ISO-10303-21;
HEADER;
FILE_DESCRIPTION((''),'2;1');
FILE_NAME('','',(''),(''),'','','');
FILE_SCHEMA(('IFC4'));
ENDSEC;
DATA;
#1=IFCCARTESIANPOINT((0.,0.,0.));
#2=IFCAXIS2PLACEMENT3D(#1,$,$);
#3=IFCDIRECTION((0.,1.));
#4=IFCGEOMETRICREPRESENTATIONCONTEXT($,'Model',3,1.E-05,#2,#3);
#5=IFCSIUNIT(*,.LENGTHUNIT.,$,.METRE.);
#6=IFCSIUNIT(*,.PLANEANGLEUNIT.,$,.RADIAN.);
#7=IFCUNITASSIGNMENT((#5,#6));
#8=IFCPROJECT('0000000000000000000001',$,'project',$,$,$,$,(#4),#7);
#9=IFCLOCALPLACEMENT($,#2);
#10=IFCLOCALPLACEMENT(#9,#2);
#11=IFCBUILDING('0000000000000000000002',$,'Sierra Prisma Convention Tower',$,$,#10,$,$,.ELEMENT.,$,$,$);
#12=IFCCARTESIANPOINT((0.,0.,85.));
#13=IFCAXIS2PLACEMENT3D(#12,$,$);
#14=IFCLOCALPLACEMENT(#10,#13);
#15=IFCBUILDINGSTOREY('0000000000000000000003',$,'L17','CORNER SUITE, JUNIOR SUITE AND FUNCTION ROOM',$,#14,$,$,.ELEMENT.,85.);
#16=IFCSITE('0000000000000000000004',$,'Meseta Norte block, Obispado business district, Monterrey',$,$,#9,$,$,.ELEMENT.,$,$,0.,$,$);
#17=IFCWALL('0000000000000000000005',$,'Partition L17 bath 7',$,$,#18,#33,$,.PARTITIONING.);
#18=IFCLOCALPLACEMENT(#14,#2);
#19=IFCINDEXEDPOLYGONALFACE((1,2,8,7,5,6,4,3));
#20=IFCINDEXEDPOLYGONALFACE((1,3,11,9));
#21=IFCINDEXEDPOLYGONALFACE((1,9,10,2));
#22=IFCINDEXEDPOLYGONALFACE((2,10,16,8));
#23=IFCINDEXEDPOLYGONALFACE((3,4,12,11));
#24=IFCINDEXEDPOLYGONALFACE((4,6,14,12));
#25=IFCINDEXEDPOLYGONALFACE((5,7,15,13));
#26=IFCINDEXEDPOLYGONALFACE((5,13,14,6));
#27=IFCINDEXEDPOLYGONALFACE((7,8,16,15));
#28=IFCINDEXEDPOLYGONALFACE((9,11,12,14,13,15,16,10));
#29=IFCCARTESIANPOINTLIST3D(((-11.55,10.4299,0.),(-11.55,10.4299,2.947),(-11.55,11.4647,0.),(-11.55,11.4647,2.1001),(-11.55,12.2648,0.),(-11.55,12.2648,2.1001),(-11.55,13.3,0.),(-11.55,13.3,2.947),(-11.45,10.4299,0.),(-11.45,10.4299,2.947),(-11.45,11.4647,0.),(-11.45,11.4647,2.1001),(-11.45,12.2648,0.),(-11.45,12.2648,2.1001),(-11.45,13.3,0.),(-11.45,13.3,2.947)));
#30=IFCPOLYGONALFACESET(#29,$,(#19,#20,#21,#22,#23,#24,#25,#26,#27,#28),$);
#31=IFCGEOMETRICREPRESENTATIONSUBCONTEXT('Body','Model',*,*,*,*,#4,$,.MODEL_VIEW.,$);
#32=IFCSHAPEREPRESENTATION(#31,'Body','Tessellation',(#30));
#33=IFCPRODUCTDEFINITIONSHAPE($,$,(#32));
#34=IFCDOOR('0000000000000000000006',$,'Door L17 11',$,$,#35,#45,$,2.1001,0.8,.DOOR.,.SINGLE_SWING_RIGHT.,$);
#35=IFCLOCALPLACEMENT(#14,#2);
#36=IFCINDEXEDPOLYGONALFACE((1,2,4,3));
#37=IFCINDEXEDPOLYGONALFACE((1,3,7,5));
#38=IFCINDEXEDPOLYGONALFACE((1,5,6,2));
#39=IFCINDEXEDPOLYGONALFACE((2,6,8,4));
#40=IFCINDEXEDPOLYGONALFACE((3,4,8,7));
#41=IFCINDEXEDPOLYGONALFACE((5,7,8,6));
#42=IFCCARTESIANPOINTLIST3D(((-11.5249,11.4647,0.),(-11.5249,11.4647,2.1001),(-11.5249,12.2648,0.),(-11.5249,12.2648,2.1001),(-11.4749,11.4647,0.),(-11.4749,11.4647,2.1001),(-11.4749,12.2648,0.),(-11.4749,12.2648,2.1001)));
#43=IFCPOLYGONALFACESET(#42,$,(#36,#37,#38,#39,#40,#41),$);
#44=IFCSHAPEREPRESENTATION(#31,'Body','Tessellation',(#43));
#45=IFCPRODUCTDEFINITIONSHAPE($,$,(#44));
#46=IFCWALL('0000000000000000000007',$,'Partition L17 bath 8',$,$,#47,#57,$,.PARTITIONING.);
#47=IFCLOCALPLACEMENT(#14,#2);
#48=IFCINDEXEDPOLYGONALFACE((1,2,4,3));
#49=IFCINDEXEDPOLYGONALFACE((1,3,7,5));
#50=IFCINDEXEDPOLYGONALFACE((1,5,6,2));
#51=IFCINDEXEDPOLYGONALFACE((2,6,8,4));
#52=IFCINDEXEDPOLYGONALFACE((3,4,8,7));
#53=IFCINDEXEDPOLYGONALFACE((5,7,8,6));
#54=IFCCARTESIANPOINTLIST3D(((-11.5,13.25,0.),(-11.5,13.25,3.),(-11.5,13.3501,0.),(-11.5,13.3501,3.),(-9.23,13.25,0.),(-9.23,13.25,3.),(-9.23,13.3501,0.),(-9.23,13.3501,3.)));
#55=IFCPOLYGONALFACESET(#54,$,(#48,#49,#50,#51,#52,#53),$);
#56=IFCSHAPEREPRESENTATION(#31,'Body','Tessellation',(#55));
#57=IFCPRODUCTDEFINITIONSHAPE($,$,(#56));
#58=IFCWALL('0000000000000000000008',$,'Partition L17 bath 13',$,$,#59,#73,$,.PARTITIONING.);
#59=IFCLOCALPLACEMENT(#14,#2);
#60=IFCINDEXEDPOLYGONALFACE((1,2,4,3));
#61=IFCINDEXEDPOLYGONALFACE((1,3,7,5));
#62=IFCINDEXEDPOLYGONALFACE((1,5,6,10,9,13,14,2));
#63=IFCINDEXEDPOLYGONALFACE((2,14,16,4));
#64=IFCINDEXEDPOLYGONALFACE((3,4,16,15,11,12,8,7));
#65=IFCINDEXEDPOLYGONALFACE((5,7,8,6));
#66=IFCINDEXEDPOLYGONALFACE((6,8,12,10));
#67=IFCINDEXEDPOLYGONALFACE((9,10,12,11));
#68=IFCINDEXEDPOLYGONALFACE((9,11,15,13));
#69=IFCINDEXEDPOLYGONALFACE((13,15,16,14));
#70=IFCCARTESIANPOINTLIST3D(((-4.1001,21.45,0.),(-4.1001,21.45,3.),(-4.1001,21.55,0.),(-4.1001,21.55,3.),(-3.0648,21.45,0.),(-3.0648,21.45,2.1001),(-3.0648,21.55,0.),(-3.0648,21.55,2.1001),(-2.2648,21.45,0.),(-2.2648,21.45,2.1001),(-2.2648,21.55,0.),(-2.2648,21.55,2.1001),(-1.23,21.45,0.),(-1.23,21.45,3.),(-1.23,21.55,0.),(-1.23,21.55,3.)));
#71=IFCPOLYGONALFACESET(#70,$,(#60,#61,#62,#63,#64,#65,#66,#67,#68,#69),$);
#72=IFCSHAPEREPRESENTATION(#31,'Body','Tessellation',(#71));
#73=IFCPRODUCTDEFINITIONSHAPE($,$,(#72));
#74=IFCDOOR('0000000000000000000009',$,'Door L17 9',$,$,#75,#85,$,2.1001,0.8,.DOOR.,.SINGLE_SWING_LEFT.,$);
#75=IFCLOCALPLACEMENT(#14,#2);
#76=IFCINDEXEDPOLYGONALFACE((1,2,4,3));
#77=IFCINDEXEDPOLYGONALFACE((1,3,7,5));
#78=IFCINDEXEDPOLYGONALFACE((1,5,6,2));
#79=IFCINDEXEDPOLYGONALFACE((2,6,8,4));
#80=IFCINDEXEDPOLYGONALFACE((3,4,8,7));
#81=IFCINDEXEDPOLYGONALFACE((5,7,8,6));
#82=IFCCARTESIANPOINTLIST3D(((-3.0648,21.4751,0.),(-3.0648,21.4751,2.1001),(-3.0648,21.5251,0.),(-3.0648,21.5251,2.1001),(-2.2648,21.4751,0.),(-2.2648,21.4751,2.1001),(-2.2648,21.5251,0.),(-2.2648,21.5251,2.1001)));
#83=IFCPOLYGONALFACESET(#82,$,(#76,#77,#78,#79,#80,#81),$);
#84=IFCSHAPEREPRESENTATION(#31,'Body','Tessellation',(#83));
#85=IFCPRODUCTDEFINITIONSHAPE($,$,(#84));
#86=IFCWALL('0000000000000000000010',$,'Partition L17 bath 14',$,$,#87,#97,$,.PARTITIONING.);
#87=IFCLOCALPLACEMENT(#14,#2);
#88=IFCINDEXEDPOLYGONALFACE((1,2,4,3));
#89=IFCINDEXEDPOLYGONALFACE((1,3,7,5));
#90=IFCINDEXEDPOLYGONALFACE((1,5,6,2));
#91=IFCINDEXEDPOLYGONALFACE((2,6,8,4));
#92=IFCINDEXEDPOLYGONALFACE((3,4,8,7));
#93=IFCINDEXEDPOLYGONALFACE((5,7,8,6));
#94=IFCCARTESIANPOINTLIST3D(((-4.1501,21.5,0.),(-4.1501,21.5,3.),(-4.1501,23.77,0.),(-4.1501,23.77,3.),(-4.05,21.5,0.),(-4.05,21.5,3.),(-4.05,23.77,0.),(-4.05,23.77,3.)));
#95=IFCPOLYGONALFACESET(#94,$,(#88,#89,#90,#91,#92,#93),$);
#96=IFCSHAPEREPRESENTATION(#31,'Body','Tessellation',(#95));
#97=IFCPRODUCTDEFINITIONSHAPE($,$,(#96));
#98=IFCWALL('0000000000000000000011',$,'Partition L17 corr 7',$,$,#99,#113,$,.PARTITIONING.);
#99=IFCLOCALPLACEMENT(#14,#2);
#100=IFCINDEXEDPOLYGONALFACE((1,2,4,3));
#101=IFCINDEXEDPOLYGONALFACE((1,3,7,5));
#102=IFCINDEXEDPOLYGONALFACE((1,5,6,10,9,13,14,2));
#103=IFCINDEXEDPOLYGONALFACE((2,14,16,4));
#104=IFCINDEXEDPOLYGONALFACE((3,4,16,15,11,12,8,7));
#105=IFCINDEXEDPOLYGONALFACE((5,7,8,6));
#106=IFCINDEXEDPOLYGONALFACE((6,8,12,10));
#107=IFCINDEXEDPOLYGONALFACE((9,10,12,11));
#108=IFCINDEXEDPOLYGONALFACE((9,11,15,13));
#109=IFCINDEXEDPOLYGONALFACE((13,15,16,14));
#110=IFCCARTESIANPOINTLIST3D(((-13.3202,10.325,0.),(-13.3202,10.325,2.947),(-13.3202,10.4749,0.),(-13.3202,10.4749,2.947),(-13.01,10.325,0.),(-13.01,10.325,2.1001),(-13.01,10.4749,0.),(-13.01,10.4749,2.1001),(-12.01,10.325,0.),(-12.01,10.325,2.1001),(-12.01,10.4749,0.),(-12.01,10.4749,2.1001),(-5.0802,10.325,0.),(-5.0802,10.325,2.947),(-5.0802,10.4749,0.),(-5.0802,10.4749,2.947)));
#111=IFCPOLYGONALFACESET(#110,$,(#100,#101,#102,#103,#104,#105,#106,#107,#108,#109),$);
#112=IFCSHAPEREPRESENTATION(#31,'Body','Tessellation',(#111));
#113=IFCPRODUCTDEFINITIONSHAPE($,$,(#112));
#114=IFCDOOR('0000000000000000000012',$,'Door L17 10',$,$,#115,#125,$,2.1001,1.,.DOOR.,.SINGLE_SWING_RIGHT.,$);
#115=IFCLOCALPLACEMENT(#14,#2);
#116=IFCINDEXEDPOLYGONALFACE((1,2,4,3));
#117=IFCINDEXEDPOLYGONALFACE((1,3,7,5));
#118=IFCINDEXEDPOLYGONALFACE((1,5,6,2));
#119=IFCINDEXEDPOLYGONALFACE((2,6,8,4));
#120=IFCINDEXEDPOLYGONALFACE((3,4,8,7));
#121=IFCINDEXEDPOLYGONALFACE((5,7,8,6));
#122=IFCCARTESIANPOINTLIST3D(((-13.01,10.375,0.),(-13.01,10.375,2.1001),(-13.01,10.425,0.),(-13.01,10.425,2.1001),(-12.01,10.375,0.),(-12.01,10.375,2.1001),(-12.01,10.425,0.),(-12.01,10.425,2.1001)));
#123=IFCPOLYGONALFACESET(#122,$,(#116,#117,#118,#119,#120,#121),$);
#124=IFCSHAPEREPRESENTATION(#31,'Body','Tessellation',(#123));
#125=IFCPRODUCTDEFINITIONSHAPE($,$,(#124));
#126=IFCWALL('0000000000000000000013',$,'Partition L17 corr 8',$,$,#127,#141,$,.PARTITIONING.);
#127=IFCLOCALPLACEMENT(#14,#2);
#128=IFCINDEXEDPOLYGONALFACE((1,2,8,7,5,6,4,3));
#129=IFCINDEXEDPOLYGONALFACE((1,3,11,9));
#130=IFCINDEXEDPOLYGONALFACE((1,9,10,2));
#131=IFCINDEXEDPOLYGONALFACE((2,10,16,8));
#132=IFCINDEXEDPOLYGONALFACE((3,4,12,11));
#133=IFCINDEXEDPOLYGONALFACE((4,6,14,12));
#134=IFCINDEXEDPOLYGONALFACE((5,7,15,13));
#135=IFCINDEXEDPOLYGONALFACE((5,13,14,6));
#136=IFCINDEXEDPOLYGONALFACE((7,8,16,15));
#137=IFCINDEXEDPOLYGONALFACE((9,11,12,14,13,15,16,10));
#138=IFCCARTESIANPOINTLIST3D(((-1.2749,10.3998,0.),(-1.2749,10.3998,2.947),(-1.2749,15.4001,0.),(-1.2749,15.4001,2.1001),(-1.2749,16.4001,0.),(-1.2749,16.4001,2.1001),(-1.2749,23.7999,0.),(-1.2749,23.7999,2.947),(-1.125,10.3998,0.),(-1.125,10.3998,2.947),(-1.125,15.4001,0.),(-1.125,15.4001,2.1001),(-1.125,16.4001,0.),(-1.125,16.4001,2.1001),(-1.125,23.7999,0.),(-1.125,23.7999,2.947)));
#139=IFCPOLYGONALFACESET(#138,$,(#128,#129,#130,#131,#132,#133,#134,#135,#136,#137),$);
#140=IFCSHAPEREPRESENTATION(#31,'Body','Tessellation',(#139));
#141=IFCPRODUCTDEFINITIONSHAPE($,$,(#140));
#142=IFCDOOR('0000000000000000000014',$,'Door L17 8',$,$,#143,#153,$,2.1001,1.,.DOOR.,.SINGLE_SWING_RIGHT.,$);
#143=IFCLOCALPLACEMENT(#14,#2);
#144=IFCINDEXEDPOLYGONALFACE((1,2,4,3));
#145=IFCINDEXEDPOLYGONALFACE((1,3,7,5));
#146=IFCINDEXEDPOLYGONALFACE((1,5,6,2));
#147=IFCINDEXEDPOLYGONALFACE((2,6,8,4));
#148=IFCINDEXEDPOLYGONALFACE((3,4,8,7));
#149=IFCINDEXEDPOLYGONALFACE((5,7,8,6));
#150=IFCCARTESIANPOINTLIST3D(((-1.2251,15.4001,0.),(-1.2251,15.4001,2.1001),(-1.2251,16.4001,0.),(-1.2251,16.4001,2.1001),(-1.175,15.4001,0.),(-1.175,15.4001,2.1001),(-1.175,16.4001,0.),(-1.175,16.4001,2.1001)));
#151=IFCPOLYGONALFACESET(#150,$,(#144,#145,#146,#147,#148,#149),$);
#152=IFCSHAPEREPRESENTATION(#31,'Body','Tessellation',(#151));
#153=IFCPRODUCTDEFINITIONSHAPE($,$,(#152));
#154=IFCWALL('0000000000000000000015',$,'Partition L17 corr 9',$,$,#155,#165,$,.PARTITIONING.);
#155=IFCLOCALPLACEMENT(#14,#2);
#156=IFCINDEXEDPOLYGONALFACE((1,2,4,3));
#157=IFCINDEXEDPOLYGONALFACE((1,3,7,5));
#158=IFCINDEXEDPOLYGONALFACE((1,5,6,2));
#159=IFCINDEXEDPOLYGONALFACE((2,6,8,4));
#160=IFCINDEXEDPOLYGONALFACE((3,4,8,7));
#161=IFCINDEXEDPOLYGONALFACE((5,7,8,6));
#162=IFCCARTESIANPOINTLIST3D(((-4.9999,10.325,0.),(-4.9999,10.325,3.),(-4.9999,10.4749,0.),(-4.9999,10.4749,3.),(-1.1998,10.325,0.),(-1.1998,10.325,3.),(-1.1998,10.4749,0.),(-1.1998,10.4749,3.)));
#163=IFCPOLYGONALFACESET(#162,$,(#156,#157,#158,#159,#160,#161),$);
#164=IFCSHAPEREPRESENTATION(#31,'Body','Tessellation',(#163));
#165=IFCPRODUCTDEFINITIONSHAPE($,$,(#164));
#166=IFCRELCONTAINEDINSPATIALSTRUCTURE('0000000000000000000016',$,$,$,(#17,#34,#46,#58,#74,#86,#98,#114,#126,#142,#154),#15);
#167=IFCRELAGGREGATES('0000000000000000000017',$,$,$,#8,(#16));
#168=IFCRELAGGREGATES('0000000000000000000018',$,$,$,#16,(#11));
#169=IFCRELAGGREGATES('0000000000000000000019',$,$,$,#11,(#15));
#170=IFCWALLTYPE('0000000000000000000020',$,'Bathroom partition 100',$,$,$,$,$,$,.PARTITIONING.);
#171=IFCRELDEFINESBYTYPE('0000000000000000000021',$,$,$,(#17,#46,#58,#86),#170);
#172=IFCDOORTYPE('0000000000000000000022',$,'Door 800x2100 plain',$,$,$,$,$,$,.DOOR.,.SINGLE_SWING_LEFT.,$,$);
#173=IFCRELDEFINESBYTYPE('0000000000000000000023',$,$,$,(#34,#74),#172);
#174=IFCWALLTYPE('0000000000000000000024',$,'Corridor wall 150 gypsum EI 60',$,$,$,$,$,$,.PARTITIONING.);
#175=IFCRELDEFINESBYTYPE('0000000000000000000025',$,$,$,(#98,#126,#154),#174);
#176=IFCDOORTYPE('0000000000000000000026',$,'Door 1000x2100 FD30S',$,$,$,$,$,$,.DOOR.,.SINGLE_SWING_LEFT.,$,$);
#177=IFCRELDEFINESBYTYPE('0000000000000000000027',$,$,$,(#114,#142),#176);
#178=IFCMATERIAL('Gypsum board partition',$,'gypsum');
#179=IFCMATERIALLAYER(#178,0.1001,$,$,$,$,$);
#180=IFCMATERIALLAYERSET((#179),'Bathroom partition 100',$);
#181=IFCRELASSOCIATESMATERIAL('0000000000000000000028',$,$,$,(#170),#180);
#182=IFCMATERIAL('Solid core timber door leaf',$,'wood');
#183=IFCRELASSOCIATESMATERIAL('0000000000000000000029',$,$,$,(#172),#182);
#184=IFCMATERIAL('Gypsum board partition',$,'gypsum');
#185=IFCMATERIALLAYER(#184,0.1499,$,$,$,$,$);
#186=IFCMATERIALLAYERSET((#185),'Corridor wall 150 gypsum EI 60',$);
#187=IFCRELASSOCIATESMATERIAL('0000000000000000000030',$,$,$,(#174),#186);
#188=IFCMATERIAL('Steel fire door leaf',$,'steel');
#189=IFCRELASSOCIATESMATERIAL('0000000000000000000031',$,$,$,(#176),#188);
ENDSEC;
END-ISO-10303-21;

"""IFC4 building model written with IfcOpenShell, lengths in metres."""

from ifc_helpers import new_model, si_unit, direction, frame, frame_2d, origin, place, context, subcontext, project, spatial, rectangle, extrude, material, layer, layer_set, type_object, element, fill, save


model = new_model("IFC4")

# Units and contexts
model_context = context("Model", 3, precision=1e-05, world=origin(), true_north=direction((0.0, 1.0)))
body_context = subcontext(model_context, "Body", "Model", "MODEL_VIEW")
ifc_project = project(units=[si_unit("LENGTHUNIT", "METRE"), si_unit("PLANEANGLEUNIT", "RADIAN")], contexts=[model_context])

# Site, building, storey
site_placement = place(None, origin())
site = spatial("IfcSite", under=ifc_project, at=site_placement, Name="Meseta Norte block, Obispado business district, Monterrey", CompositionType="ELEMENT", RefElevation=0.0)
building_placement = place(site_placement, origin())
building = spatial("IfcBuilding", under=site, at=building_placement, Name="Sierra Prisma Convention Tower", CompositionType="ELEMENT")
storey_placement = place(building_placement, frame((0.0, 0.0, 85.0)))
storey = spatial("IfcBuildingStorey", under=building, at=storey_placement, Name="L17", Description="CORNER SUITE, JUNIOR SUITE AND FUNCTION ROOM", CompositionType="ELEMENT", Elevation=85.0)

# Wall, opening, door
ifc_material_1 = material(Name="Gypsum board partition", Category="gypsum")
ifc_layer_1 = layer(ifc_material_1, 0.1001)
ifc_layer_set_1 = layer_set([ifc_layer_1], Name="Bathroom partition 100")
wall_type_1 = type_object("IfcWallType", Name="Bathroom partition 100", PredefinedType="PARTITIONING", material=ifc_layer_set_1)
wall_1_placement = place(storey_placement, frame((-11.5, 10.4299, 0.0), z_axis=(0.0, 0.0, 1.0), x_axis=(0.0, 1.0, 0.0)))
wall_1 = element("IfcWall", 1, at=wall_1_placement, inside=storey, type_object=wall_type_1, Name="Partition L17 bath 7", PredefinedType="PARTITIONING", context=body_context, shape_type="SweptSolid", body=[
    extrude(rectangle(XDim=2.8701, YDim=0.1001, at=frame_2d((1.4351, 0.0))), origin(), (0.0, 0.0, 1.0), 2.947),
])
opening_1_placement = place(wall_1_placement, frame((1.0349, 0.0, 0.0)))
opening_1 = element("IfcOpeningElement", 2, at=opening_1_placement, cuts=wall_1, PredefinedType="OPENING", context=body_context, shape_type="SweptSolid", body=[
    extrude(rectangle(XDim=0.8, YDim=2.1001, at=frame_2d((0.3999, 1.05))), frame((0.0, 0.05, 0.0), z_axis=(0.0, -1.0, 0.0), x_axis=(1.0, 0.0, 0.0)), (0.0, 0.0, 1.0), 0.1001),
])
ifc_material_2 = material(Name="Solid core timber door leaf", Category="wood")
door_type_1 = type_object("IfcDoorType", Name="Door 800x2100 plain", OperationType="SINGLE_SWING_LEFT", PredefinedType="DOOR", material=ifc_material_2)
door_1_placement = place(opening_1_placement, origin())
door_1 = element("IfcDoor", 3, at=door_1_placement, inside=storey, type_object=door_type_1, Name="Door L17 11", OperationType="SINGLE_SWING_RIGHT", OverallHeight=2.1001, OverallWidth=0.8, PredefinedType="DOOR", context=body_context, shape_type="SweptSolid", body=[
    extrude(rectangle(XDim=0.8, YDim=2.1001, at=frame_2d((0.3999, 1.05))), frame((0.0, 0.0249, 0.0), z_axis=(0.0, -1.0, 0.0), x_axis=(1.0, 0.0, 0.0)), (0.0, 0.0, 1.0), 0.05),
])
fill(opening_1, door_1)

# Wall
wall_2_placement = place(storey_placement, frame((-11.5, 13.3, 0.0), z_axis=(0.0, 0.0, 1.0), x_axis=(1.0, 0.0, 0.0)))
element("IfcWall", 4, at=wall_2_placement, inside=storey, type_object=wall_type_1, Name="Partition L17 bath 8", PredefinedType="PARTITIONING", context=body_context, shape_type="SweptSolid", body=[
    extrude(rectangle(XDim=2.27, YDim=0.1001, at=frame_2d((1.135, 0.0))), origin(), (0.0, 0.0, 1.0), 3.0),
])

# Wall, opening, door
wall_3_placement = place(storey_placement, frame((-1.23, 21.5, 0.0), z_axis=(0.0, 0.0, 1.0), x_axis=(-1.0, 0.0, 0.0)))
wall_3 = element("IfcWall", 5, at=wall_3_placement, inside=storey, type_object=wall_type_1, Name="Partition L17 bath 13", PredefinedType="PARTITIONING", context=body_context, shape_type="SweptSolid", body=[
    extrude(rectangle(XDim=2.8701, YDim=0.1001, at=frame_2d((1.4351, 0.0))), origin(), (0.0, 0.0, 1.0), 3.0),
])
opening_2_placement = place(wall_3_placement, frame((1.0349, 0.0, 0.0)))
opening_2 = element("IfcOpeningElement", 6, at=opening_2_placement, cuts=wall_3, PredefinedType="OPENING", context=body_context, shape_type="SweptSolid", body=[
    extrude(rectangle(XDim=0.8, YDim=2.1001, at=frame_2d((0.3999, 1.05))), frame((0.0, 0.05, 0.0), z_axis=(0.0, -1.0, 0.0), x_axis=(1.0, 0.0, 0.0)), (0.0, 0.0, 1.0), 0.1001),
])
door_2_placement = place(opening_2_placement, origin())
door_2 = element("IfcDoor", 7, at=door_2_placement, inside=storey, type_object=door_type_1, Name="Door L17 9", OperationType="SINGLE_SWING_LEFT", OverallHeight=2.1001, OverallWidth=0.8, PredefinedType="DOOR", context=body_context, shape_type="SweptSolid", body=[
    extrude(rectangle(XDim=0.8, YDim=2.1001, at=frame_2d((0.3999, 1.05))), frame((0.0, 0.0249, 0.0), z_axis=(0.0, -1.0, 0.0), x_axis=(1.0, 0.0, 0.0)), (0.0, 0.0, 1.0), 0.05),
])
fill(opening_2, door_2)

# Wall
wall_4_placement = place(storey_placement, frame((-4.1001, 21.5, 0.0), z_axis=(0.0, 0.0, 1.0), x_axis=(0.0, 1.0, 0.0)))
element("IfcWall", 8, at=wall_4_placement, inside=storey, type_object=wall_type_1, Name="Partition L17 bath 14", PredefinedType="PARTITIONING", context=body_context, shape_type="SweptSolid", body=[
    extrude(rectangle(XDim=2.27, YDim=0.1001, at=frame_2d((1.135, 0.0))), origin(), (0.0, 0.0, 1.0), 3.0),
])

# Walls, openings, doors
ifc_material_3 = material(Name="Gypsum board partition", Category="gypsum")
ifc_layer_2 = layer(ifc_material_3, 0.1499)
ifc_layer_set_2 = layer_set([ifc_layer_2], Name="Corridor wall 150 gypsum EI 60")
wall_type_2 = type_object("IfcWallType", Name="Corridor wall 150 gypsum EI 60", PredefinedType="PARTITIONING", material=ifc_layer_set_2)
wall_5_placement = place(storey_placement, frame((-5.0801, 10.3999, 0.0), z_axis=(0.0, 0.0, 1.0), x_axis=(-1.0, 0.0, 0.0)))
wall_5 = element("IfcWall", 9, at=wall_5_placement, inside=storey, type_object=wall_type_2, Name="Partition L17 corr 7", PredefinedType="PARTITIONING", context=body_context, shape_type="SweptSolid", body=[
    extrude(rectangle(XDim=8.24, YDim=0.1499, at=frame_2d((4.1201, 0.0))), origin(), (0.0, 0.0, 1.0), 2.947),
])
opening_3_placement = place(wall_5_placement, frame((6.9299, 0.0, 0.0)))
opening_3 = element("IfcOpeningElement", 10, at=opening_3_placement, cuts=wall_5, PredefinedType="OPENING", context=body_context, shape_type="SweptSolid", body=[
    extrude(rectangle(XDim=1.0, YDim=2.1001, at=frame_2d((0.5, 1.05))), frame((0.0, 0.075, 0.0), z_axis=(0.0, -1.0, 0.0), x_axis=(1.0, 0.0, 0.0)), (0.0, 0.0, 1.0), 0.1499),
])
ifc_material_4 = material(Name="Steel fire door leaf", Category="steel")
door_type_2 = type_object("IfcDoorType", Name="Door 1000x2100 FD30S", OperationType="SINGLE_SWING_LEFT", PredefinedType="DOOR", material=ifc_material_4)
door_3_placement = place(opening_3_placement, origin())
door_3 = element("IfcDoor", 11, at=door_3_placement, inside=storey, type_object=door_type_2, Name="Door L17 10", OperationType="SINGLE_SWING_RIGHT", OverallHeight=2.1001, OverallWidth=1.0, PredefinedType="DOOR", context=body_context, shape_type="SweptSolid", body=[
    extrude(rectangle(XDim=1.0, YDim=2.1001, at=frame_2d((0.5, 1.05))), frame((0.0, 0.0249, 0.0), z_axis=(0.0, -1.0, 0.0), x_axis=(1.0, 0.0, 0.0)), (0.0, 0.0, 1.0), 0.05),
])
fill(opening_3, door_3)
wall_6_placement = place(storey_placement, frame((-1.2, 23.8, 0.0), z_axis=(0.0, 0.0, 1.0), x_axis=(0.0, -1.0, 0.0)))
wall_6 = element("IfcWall", 12, at=wall_6_placement, inside=storey, type_object=wall_type_2, Name="Partition L17 corr 8", PredefinedType="PARTITIONING", context=body_context, shape_type="SweptSolid", body=[
    extrude(rectangle(XDim=13.4001, YDim=0.1499, at=frame_2d((6.7002, 0.0))), origin(), (0.0, 0.0, 1.0), 2.947),
])
opening_4_placement = place(wall_6_placement, frame((7.3999, 0.0, 0.0)))
opening_4 = element("IfcOpeningElement", 13, at=opening_4_placement, cuts=wall_6, PredefinedType="OPENING", context=body_context, shape_type="SweptSolid", body=[
    extrude(rectangle(XDim=1.0, YDim=2.1001, at=frame_2d((0.5, 1.05))), frame((0.0, 0.075, 0.0), z_axis=(0.0, -1.0, 0.0), x_axis=(1.0, 0.0, 0.0)), (0.0, 0.0, 1.0), 0.1499),
])
door_4_placement = place(opening_4_placement, origin())
door_4 = element("IfcDoor", 14, at=door_4_placement, inside=storey, type_object=door_type_2, Name="Door L17 8", OperationType="SINGLE_SWING_RIGHT", OverallHeight=2.1001, OverallWidth=1.0, PredefinedType="DOOR", context=body_context, shape_type="SweptSolid", body=[
    extrude(rectangle(XDim=1.0, YDim=2.1001, at=frame_2d((0.5, 1.05))), frame((0.0, 0.0249, 0.0), z_axis=(0.0, -1.0, 0.0), x_axis=(1.0, 0.0, 0.0)), (0.0, 0.0, 1.0), 0.05),
])
fill(opening_4, door_4)

# Wall
wall_7_placement = place(storey_placement, frame((-1.2, 10.3999, 0.0), z_axis=(0.0, 0.0, 1.0), x_axis=(-1.0, 0.0, 0.0)))
element("IfcWall", 15, at=wall_7_placement, inside=storey, type_object=wall_type_2, Name="Partition L17 corr 9", PredefinedType="PARTITIONING", context=body_context, shape_type="SweptSolid", body=[
    extrude(rectangle(XDim=3.8, YDim=0.1499, at=frame_2d((1.8999, 0.0))), origin(), (0.0, 0.0, 1.0), 3.0),
])

save(model, "model.ifc")
